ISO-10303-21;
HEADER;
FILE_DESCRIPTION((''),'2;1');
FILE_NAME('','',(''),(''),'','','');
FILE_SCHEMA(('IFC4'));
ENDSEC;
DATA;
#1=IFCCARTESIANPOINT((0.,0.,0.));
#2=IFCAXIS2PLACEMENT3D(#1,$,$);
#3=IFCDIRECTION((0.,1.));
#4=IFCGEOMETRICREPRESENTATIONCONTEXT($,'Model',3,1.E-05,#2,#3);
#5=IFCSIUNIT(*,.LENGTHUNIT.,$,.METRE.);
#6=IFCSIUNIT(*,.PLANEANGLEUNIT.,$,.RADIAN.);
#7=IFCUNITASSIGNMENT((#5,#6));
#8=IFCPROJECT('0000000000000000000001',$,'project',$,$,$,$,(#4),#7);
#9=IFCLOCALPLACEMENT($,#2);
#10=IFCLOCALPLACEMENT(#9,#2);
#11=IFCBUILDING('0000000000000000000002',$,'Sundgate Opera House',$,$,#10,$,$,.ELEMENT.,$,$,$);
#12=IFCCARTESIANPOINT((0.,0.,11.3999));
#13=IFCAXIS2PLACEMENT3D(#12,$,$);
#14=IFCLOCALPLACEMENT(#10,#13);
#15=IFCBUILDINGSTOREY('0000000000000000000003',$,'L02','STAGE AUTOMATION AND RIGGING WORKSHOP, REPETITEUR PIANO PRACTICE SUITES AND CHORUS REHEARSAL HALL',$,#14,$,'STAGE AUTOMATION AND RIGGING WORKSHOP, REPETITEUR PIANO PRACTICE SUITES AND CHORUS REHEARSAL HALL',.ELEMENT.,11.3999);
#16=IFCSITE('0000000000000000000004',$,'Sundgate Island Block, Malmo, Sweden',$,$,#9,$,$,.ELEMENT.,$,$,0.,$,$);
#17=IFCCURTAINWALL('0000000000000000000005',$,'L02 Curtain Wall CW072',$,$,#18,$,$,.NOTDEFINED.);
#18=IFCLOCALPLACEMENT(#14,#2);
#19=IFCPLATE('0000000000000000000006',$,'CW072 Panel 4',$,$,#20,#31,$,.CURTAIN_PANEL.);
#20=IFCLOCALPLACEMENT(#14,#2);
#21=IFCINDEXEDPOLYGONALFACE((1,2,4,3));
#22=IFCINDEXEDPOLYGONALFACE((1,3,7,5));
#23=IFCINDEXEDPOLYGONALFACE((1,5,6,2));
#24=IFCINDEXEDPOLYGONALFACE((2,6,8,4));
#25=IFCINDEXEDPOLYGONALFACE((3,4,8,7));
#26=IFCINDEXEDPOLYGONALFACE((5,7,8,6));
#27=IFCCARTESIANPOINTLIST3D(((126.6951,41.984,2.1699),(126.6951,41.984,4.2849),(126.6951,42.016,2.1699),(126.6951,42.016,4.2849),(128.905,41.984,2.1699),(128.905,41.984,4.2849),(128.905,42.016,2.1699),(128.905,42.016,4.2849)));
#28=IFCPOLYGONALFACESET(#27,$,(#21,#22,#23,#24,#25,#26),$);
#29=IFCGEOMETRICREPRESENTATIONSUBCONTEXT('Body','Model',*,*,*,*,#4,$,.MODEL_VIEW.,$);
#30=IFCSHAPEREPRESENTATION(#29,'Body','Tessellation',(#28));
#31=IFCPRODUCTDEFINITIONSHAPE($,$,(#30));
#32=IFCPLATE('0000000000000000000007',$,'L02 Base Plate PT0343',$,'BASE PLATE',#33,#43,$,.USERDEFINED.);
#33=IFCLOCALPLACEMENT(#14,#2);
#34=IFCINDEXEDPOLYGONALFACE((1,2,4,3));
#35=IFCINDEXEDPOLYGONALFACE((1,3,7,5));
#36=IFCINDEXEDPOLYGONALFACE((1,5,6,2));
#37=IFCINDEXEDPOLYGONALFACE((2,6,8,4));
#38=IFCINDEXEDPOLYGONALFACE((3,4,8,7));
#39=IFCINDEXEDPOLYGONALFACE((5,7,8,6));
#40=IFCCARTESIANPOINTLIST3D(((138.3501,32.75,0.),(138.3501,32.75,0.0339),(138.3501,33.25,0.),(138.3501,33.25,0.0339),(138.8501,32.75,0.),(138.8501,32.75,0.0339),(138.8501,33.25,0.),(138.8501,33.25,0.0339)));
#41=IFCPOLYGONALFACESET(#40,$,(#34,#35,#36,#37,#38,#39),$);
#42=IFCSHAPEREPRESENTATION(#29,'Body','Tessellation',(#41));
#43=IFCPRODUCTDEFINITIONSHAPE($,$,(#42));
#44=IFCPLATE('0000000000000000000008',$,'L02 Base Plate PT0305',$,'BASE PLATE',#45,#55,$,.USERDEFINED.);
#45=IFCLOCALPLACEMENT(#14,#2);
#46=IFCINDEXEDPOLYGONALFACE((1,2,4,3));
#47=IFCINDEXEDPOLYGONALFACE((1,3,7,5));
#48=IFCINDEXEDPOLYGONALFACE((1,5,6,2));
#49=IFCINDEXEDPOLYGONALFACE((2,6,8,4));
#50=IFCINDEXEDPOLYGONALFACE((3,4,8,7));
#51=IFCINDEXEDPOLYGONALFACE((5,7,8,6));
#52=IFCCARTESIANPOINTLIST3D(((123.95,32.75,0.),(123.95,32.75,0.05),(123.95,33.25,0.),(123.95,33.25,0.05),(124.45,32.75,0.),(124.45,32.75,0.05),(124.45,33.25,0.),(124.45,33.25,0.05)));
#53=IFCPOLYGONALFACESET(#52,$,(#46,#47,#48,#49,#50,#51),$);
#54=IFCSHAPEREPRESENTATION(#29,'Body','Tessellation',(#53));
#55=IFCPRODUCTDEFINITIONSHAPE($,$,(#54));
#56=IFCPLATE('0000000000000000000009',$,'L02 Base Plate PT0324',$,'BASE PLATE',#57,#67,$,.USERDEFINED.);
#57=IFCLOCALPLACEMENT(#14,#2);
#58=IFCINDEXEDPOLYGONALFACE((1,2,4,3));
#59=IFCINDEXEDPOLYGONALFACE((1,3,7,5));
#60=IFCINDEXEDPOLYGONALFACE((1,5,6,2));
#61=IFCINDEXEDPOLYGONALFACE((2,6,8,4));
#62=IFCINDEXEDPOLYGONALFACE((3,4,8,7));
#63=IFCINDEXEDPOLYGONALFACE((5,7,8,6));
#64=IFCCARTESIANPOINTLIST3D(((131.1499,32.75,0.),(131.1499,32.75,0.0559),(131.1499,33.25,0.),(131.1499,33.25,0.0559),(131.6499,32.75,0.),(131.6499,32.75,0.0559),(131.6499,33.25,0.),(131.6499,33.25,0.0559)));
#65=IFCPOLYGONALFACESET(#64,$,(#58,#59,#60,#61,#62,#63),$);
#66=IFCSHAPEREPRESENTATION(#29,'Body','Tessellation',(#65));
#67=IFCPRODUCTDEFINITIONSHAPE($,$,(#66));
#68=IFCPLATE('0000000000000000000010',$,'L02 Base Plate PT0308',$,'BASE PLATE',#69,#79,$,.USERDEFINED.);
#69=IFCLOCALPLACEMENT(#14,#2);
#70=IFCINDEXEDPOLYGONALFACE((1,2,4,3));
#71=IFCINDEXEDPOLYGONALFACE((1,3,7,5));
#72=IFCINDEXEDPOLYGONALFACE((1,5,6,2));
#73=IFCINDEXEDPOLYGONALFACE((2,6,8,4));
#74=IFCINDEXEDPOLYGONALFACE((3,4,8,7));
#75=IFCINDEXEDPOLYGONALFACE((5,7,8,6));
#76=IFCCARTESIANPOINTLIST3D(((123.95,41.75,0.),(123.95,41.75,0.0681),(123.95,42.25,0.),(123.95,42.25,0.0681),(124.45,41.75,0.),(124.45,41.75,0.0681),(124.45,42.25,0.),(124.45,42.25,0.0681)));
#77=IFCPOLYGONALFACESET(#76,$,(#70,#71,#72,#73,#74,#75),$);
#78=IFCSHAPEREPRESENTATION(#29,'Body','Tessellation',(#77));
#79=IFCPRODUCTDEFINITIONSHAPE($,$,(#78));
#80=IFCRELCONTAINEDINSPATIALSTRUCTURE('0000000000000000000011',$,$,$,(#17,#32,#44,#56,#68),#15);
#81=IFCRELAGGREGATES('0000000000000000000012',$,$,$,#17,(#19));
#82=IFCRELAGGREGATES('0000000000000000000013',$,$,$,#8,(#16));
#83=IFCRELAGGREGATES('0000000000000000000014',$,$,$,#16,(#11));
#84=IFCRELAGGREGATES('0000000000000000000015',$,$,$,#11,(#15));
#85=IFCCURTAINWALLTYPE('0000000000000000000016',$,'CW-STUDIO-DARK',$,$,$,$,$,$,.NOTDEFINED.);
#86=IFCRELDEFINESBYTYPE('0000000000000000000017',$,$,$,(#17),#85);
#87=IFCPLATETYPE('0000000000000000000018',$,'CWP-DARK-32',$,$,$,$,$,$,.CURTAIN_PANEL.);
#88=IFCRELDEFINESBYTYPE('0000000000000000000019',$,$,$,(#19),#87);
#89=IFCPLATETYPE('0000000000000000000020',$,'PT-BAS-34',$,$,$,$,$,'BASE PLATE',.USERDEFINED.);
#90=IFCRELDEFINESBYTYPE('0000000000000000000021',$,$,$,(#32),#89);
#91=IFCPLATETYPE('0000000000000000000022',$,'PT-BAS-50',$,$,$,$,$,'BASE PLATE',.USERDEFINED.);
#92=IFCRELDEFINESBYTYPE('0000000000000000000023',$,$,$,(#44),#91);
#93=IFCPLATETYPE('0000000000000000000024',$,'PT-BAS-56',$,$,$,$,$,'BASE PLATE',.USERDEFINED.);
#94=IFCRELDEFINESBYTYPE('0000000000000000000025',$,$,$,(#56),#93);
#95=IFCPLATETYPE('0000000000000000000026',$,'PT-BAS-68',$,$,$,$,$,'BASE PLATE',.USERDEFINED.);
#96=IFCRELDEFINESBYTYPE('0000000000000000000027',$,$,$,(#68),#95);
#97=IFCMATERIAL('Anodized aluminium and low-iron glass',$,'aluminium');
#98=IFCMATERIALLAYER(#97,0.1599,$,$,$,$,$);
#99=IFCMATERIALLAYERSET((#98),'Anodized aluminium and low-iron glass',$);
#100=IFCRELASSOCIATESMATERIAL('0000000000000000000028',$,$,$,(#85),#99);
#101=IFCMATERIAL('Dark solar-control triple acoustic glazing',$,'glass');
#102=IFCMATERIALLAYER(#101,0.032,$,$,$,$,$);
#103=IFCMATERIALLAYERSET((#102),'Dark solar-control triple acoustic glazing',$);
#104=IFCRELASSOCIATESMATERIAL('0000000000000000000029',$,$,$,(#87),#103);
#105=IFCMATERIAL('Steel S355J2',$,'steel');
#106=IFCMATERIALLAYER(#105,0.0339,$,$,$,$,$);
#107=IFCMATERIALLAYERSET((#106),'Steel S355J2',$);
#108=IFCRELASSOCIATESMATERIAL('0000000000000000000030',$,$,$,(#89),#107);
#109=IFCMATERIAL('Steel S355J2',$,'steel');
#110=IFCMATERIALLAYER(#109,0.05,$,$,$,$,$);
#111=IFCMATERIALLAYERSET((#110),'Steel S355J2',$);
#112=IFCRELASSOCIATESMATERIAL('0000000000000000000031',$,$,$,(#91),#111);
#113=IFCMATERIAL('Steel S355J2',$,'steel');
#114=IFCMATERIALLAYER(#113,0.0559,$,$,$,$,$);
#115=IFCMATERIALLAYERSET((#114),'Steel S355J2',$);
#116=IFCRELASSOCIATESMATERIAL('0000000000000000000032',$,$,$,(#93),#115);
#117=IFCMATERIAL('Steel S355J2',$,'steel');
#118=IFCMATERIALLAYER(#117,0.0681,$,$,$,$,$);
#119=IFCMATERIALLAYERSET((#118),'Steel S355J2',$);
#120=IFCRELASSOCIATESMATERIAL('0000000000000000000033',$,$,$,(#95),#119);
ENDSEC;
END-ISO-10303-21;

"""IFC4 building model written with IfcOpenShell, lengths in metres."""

from ifc_helpers import new_model, si_unit, direction, frame, origin, origin_2d, place, context, subcontext, project, spatial, rectangle, extrude, material, layer, layer_set, type_object, element, aggregate, save


model = new_model("IFC4")

# Units and contexts
model_context = context("Model", 3, precision=1e-05, world=origin(), true_north=direction((0.0, 1.0)))
body_context = subcontext(model_context, "Body", "Model", "MODEL_VIEW")
ifc_project = project(units=[si_unit("LENGTHUNIT", "METRE"), si_unit("PLANEANGLEUNIT", "RADIAN")], contexts=[model_context])

# Site, building, storey
site_placement = place(None, origin())
site = spatial("IfcSite", under=ifc_project, at=site_placement, Name="Sundgate Island Block, Malmo, Sweden", CompositionType="ELEMENT", RefElevation=0.0)
building_placement = place(site_placement, origin())
building = spatial("IfcBuilding", under=site, at=building_placement, Name="Sundgate Opera House", CompositionType="ELEMENT")
storey_placement = place(building_placement, frame((0.0, 0.0, 11.3999)))
storey = spatial("IfcBuildingStorey", under=building, at=storey_placement, Name="L02", Description="STAGE AUTOMATION AND RIGGING WORKSHOP, REPETITEUR PIANO PRACTICE SUITES AND CHORUS REHEARSAL HALL", LongName="STAGE AUTOMATION AND RIGGING WORKSHOP, REPETITEUR PIANO PRACTICE SUITES AND CHORUS REHEARSAL HALL", CompositionType="ELEMENT", Elevation=11.3999)

# Curtain wall
ifc_material_1 = material(Name="Anodized aluminium and low-iron glass", Category="aluminium")
ifc_layer_1 = layer(ifc_material_1, 0.1599)
ifc_layer_set_1 = layer_set([ifc_layer_1], Name="Anodized aluminium and low-iron glass")
curtain_wall_type = type_object("IfcCurtainWallType", Name="CW-STUDIO-DARK", PredefinedType="NOTDEFINED", material=ifc_layer_set_1)
curtain_wall_placement = place(storey_placement, origin())
curtain_wall = element("IfcCurtainWall", 1, at=curtain_wall_placement, inside=storey, type_object=curtain_wall_type, Name="L02 Curtain Wall CW072", PredefinedType="NOTDEFINED")

# Plate
ifc_material_2 = material(Name="Dark solar-control triple acoustic glazing", Category="glass")
ifc_layer_2 = layer(ifc_material_2, 0.032)
ifc_layer_set_2 = layer_set([ifc_layer_2], Name="Dark solar-control triple acoustic glazing")
plate_type_1 = type_object("IfcPlateType", Name="CWP-DARK-32", PredefinedType="CURTAIN_PANEL", material=ifc_layer_set_2)
plate_1_placement = place(storey_placement, frame((127.8, 42.0, 2.1699), z_axis=(0.0, 0.0, 1.0), x_axis=(1.0, 0.0, 0.0)))
plate_1 = element("IfcPlate", 2, at=plate_1_placement, type_object=plate_type_1, Name="CW072 Panel 4", PredefinedType="CURTAIN_PANEL", context=body_context, shape_type="SweptSolid", body=[
    extrude(rectangle(XDim=2.21, YDim=0.032, at=origin_2d()), origin(), (0.0, 0.0, 1.0), 2.115),
])
aggregate(curtain_wall, [plate_1])

# Plates
ifc_material_3 = material(Name="Steel S355J2", Category="steel")
ifc_layer_3 = layer(ifc_material_3, 0.0339)
ifc_layer_set_3 = layer_set([ifc_layer_3], Name="Steel S355J2")
plate_type_2 = type_object("IfcPlateType", Name="PT-BAS-34", ElementType="BASE PLATE", PredefinedType="USERDEFINED", material=ifc_layer_set_3)
plate_2_placement = place(storey_placement, frame((138.6001, 33.0, 0.0), z_axis=(0.0, 0.0, 1.0), x_axis=(1.0, 0.0, 0.0)))
element("IfcPlate", 3, at=plate_2_placement, inside=storey, type_object=plate_type_2, Name="L02 Base Plate PT0343", ObjectType="BASE PLATE", PredefinedType="USERDEFINED", context=body_context, shape_type="SweptSolid", body=[
    extrude(rectangle(XDim=0.5, YDim=0.5, at=origin_2d()), origin(), (0.0, 0.0, 1.0), 0.0339),
])
ifc_material_4 = material(Name="Steel S355J2", Category="steel")
ifc_layer_4 = layer(ifc_material_4, 0.05)
ifc_layer_set_4 = layer_set([ifc_layer_4], Name="Steel S355J2")
plate_type_3 = type_object("IfcPlateType", Name="PT-BAS-50", ElementType="BASE PLATE", PredefinedType="USERDEFINED", material=ifc_layer_set_4)
plate_3_placement = place(storey_placement, frame((124.2, 33.0, 0.0), z_axis=(0.0, 0.0, 1.0), x_axis=(1.0, 0.0, 0.0)))
element("IfcPlate", 4, at=plate_3_placement, inside=storey, type_object=plate_type_3, Name="L02 Base Plate PT0305", ObjectType="BASE PLATE", PredefinedType="USERDEFINED", context=body_context, shape_type="SweptSolid", body=[
    extrude(rectangle(XDim=0.5, YDim=0.5, at=origin_2d()), origin(), (0.0, 0.0, 1.0), 0.05),
])
ifc_material_5 = material(Name="Steel S355J2", Category="steel")
ifc_layer_5 = layer(ifc_material_5, 0.0559)
ifc_layer_set_5 = layer_set([ifc_layer_5], Name="Steel S355J2")
plate_type_4 = type_object("IfcPlateType", Name="PT-BAS-56", ElementType="BASE PLATE", PredefinedType="USERDEFINED", material=ifc_layer_set_5)
plate_4_placement = place(storey_placement, frame((131.3999, 33.0, 0.0), z_axis=(0.0, 0.0, 1.0), x_axis=(1.0, 0.0, 0.0)))
element("IfcPlate", 5, at=plate_4_placement, inside=storey, type_object=plate_type_4, Name="L02 Base Plate PT0324", ObjectType="BASE PLATE", PredefinedType="USERDEFINED", context=body_context, shape_type="SweptSolid", body=[
    extrude(rectangle(XDim=0.5, YDim=0.5, at=origin_2d()), origin(), (0.0, 0.0, 1.0), 0.0559),
])
ifc_material_6 = material(Name="Steel S355J2", Category="steel")
ifc_layer_6 = layer(ifc_material_6, 0.0681)
ifc_layer_set_6 = layer_set([ifc_layer_6], Name="Steel S355J2")
plate_type_5 = type_object("IfcPlateType", Name="PT-BAS-68", ElementType="BASE PLATE", PredefinedType="USERDEFINED", material=ifc_layer_set_6)
plate_5_placement = place(storey_placement, frame((124.2, 42.0, 0.0), z_axis=(0.0, 0.0, 1.0), x_axis=(1.0, 0.0, 0.0)))
element("IfcPlate", 6, at=plate_5_placement, inside=storey, type_object=plate_type_5, Name="L02 Base Plate PT0308", ObjectType="BASE PLATE", PredefinedType="USERDEFINED", context=body_context, shape_type="SweptSolid", body=[
    extrude(rectangle(XDim=0.5, YDim=0.5, at=origin_2d()), origin(), (0.0, 0.0, 1.0), 0.0681),
])

save(model, "model.ifc")
